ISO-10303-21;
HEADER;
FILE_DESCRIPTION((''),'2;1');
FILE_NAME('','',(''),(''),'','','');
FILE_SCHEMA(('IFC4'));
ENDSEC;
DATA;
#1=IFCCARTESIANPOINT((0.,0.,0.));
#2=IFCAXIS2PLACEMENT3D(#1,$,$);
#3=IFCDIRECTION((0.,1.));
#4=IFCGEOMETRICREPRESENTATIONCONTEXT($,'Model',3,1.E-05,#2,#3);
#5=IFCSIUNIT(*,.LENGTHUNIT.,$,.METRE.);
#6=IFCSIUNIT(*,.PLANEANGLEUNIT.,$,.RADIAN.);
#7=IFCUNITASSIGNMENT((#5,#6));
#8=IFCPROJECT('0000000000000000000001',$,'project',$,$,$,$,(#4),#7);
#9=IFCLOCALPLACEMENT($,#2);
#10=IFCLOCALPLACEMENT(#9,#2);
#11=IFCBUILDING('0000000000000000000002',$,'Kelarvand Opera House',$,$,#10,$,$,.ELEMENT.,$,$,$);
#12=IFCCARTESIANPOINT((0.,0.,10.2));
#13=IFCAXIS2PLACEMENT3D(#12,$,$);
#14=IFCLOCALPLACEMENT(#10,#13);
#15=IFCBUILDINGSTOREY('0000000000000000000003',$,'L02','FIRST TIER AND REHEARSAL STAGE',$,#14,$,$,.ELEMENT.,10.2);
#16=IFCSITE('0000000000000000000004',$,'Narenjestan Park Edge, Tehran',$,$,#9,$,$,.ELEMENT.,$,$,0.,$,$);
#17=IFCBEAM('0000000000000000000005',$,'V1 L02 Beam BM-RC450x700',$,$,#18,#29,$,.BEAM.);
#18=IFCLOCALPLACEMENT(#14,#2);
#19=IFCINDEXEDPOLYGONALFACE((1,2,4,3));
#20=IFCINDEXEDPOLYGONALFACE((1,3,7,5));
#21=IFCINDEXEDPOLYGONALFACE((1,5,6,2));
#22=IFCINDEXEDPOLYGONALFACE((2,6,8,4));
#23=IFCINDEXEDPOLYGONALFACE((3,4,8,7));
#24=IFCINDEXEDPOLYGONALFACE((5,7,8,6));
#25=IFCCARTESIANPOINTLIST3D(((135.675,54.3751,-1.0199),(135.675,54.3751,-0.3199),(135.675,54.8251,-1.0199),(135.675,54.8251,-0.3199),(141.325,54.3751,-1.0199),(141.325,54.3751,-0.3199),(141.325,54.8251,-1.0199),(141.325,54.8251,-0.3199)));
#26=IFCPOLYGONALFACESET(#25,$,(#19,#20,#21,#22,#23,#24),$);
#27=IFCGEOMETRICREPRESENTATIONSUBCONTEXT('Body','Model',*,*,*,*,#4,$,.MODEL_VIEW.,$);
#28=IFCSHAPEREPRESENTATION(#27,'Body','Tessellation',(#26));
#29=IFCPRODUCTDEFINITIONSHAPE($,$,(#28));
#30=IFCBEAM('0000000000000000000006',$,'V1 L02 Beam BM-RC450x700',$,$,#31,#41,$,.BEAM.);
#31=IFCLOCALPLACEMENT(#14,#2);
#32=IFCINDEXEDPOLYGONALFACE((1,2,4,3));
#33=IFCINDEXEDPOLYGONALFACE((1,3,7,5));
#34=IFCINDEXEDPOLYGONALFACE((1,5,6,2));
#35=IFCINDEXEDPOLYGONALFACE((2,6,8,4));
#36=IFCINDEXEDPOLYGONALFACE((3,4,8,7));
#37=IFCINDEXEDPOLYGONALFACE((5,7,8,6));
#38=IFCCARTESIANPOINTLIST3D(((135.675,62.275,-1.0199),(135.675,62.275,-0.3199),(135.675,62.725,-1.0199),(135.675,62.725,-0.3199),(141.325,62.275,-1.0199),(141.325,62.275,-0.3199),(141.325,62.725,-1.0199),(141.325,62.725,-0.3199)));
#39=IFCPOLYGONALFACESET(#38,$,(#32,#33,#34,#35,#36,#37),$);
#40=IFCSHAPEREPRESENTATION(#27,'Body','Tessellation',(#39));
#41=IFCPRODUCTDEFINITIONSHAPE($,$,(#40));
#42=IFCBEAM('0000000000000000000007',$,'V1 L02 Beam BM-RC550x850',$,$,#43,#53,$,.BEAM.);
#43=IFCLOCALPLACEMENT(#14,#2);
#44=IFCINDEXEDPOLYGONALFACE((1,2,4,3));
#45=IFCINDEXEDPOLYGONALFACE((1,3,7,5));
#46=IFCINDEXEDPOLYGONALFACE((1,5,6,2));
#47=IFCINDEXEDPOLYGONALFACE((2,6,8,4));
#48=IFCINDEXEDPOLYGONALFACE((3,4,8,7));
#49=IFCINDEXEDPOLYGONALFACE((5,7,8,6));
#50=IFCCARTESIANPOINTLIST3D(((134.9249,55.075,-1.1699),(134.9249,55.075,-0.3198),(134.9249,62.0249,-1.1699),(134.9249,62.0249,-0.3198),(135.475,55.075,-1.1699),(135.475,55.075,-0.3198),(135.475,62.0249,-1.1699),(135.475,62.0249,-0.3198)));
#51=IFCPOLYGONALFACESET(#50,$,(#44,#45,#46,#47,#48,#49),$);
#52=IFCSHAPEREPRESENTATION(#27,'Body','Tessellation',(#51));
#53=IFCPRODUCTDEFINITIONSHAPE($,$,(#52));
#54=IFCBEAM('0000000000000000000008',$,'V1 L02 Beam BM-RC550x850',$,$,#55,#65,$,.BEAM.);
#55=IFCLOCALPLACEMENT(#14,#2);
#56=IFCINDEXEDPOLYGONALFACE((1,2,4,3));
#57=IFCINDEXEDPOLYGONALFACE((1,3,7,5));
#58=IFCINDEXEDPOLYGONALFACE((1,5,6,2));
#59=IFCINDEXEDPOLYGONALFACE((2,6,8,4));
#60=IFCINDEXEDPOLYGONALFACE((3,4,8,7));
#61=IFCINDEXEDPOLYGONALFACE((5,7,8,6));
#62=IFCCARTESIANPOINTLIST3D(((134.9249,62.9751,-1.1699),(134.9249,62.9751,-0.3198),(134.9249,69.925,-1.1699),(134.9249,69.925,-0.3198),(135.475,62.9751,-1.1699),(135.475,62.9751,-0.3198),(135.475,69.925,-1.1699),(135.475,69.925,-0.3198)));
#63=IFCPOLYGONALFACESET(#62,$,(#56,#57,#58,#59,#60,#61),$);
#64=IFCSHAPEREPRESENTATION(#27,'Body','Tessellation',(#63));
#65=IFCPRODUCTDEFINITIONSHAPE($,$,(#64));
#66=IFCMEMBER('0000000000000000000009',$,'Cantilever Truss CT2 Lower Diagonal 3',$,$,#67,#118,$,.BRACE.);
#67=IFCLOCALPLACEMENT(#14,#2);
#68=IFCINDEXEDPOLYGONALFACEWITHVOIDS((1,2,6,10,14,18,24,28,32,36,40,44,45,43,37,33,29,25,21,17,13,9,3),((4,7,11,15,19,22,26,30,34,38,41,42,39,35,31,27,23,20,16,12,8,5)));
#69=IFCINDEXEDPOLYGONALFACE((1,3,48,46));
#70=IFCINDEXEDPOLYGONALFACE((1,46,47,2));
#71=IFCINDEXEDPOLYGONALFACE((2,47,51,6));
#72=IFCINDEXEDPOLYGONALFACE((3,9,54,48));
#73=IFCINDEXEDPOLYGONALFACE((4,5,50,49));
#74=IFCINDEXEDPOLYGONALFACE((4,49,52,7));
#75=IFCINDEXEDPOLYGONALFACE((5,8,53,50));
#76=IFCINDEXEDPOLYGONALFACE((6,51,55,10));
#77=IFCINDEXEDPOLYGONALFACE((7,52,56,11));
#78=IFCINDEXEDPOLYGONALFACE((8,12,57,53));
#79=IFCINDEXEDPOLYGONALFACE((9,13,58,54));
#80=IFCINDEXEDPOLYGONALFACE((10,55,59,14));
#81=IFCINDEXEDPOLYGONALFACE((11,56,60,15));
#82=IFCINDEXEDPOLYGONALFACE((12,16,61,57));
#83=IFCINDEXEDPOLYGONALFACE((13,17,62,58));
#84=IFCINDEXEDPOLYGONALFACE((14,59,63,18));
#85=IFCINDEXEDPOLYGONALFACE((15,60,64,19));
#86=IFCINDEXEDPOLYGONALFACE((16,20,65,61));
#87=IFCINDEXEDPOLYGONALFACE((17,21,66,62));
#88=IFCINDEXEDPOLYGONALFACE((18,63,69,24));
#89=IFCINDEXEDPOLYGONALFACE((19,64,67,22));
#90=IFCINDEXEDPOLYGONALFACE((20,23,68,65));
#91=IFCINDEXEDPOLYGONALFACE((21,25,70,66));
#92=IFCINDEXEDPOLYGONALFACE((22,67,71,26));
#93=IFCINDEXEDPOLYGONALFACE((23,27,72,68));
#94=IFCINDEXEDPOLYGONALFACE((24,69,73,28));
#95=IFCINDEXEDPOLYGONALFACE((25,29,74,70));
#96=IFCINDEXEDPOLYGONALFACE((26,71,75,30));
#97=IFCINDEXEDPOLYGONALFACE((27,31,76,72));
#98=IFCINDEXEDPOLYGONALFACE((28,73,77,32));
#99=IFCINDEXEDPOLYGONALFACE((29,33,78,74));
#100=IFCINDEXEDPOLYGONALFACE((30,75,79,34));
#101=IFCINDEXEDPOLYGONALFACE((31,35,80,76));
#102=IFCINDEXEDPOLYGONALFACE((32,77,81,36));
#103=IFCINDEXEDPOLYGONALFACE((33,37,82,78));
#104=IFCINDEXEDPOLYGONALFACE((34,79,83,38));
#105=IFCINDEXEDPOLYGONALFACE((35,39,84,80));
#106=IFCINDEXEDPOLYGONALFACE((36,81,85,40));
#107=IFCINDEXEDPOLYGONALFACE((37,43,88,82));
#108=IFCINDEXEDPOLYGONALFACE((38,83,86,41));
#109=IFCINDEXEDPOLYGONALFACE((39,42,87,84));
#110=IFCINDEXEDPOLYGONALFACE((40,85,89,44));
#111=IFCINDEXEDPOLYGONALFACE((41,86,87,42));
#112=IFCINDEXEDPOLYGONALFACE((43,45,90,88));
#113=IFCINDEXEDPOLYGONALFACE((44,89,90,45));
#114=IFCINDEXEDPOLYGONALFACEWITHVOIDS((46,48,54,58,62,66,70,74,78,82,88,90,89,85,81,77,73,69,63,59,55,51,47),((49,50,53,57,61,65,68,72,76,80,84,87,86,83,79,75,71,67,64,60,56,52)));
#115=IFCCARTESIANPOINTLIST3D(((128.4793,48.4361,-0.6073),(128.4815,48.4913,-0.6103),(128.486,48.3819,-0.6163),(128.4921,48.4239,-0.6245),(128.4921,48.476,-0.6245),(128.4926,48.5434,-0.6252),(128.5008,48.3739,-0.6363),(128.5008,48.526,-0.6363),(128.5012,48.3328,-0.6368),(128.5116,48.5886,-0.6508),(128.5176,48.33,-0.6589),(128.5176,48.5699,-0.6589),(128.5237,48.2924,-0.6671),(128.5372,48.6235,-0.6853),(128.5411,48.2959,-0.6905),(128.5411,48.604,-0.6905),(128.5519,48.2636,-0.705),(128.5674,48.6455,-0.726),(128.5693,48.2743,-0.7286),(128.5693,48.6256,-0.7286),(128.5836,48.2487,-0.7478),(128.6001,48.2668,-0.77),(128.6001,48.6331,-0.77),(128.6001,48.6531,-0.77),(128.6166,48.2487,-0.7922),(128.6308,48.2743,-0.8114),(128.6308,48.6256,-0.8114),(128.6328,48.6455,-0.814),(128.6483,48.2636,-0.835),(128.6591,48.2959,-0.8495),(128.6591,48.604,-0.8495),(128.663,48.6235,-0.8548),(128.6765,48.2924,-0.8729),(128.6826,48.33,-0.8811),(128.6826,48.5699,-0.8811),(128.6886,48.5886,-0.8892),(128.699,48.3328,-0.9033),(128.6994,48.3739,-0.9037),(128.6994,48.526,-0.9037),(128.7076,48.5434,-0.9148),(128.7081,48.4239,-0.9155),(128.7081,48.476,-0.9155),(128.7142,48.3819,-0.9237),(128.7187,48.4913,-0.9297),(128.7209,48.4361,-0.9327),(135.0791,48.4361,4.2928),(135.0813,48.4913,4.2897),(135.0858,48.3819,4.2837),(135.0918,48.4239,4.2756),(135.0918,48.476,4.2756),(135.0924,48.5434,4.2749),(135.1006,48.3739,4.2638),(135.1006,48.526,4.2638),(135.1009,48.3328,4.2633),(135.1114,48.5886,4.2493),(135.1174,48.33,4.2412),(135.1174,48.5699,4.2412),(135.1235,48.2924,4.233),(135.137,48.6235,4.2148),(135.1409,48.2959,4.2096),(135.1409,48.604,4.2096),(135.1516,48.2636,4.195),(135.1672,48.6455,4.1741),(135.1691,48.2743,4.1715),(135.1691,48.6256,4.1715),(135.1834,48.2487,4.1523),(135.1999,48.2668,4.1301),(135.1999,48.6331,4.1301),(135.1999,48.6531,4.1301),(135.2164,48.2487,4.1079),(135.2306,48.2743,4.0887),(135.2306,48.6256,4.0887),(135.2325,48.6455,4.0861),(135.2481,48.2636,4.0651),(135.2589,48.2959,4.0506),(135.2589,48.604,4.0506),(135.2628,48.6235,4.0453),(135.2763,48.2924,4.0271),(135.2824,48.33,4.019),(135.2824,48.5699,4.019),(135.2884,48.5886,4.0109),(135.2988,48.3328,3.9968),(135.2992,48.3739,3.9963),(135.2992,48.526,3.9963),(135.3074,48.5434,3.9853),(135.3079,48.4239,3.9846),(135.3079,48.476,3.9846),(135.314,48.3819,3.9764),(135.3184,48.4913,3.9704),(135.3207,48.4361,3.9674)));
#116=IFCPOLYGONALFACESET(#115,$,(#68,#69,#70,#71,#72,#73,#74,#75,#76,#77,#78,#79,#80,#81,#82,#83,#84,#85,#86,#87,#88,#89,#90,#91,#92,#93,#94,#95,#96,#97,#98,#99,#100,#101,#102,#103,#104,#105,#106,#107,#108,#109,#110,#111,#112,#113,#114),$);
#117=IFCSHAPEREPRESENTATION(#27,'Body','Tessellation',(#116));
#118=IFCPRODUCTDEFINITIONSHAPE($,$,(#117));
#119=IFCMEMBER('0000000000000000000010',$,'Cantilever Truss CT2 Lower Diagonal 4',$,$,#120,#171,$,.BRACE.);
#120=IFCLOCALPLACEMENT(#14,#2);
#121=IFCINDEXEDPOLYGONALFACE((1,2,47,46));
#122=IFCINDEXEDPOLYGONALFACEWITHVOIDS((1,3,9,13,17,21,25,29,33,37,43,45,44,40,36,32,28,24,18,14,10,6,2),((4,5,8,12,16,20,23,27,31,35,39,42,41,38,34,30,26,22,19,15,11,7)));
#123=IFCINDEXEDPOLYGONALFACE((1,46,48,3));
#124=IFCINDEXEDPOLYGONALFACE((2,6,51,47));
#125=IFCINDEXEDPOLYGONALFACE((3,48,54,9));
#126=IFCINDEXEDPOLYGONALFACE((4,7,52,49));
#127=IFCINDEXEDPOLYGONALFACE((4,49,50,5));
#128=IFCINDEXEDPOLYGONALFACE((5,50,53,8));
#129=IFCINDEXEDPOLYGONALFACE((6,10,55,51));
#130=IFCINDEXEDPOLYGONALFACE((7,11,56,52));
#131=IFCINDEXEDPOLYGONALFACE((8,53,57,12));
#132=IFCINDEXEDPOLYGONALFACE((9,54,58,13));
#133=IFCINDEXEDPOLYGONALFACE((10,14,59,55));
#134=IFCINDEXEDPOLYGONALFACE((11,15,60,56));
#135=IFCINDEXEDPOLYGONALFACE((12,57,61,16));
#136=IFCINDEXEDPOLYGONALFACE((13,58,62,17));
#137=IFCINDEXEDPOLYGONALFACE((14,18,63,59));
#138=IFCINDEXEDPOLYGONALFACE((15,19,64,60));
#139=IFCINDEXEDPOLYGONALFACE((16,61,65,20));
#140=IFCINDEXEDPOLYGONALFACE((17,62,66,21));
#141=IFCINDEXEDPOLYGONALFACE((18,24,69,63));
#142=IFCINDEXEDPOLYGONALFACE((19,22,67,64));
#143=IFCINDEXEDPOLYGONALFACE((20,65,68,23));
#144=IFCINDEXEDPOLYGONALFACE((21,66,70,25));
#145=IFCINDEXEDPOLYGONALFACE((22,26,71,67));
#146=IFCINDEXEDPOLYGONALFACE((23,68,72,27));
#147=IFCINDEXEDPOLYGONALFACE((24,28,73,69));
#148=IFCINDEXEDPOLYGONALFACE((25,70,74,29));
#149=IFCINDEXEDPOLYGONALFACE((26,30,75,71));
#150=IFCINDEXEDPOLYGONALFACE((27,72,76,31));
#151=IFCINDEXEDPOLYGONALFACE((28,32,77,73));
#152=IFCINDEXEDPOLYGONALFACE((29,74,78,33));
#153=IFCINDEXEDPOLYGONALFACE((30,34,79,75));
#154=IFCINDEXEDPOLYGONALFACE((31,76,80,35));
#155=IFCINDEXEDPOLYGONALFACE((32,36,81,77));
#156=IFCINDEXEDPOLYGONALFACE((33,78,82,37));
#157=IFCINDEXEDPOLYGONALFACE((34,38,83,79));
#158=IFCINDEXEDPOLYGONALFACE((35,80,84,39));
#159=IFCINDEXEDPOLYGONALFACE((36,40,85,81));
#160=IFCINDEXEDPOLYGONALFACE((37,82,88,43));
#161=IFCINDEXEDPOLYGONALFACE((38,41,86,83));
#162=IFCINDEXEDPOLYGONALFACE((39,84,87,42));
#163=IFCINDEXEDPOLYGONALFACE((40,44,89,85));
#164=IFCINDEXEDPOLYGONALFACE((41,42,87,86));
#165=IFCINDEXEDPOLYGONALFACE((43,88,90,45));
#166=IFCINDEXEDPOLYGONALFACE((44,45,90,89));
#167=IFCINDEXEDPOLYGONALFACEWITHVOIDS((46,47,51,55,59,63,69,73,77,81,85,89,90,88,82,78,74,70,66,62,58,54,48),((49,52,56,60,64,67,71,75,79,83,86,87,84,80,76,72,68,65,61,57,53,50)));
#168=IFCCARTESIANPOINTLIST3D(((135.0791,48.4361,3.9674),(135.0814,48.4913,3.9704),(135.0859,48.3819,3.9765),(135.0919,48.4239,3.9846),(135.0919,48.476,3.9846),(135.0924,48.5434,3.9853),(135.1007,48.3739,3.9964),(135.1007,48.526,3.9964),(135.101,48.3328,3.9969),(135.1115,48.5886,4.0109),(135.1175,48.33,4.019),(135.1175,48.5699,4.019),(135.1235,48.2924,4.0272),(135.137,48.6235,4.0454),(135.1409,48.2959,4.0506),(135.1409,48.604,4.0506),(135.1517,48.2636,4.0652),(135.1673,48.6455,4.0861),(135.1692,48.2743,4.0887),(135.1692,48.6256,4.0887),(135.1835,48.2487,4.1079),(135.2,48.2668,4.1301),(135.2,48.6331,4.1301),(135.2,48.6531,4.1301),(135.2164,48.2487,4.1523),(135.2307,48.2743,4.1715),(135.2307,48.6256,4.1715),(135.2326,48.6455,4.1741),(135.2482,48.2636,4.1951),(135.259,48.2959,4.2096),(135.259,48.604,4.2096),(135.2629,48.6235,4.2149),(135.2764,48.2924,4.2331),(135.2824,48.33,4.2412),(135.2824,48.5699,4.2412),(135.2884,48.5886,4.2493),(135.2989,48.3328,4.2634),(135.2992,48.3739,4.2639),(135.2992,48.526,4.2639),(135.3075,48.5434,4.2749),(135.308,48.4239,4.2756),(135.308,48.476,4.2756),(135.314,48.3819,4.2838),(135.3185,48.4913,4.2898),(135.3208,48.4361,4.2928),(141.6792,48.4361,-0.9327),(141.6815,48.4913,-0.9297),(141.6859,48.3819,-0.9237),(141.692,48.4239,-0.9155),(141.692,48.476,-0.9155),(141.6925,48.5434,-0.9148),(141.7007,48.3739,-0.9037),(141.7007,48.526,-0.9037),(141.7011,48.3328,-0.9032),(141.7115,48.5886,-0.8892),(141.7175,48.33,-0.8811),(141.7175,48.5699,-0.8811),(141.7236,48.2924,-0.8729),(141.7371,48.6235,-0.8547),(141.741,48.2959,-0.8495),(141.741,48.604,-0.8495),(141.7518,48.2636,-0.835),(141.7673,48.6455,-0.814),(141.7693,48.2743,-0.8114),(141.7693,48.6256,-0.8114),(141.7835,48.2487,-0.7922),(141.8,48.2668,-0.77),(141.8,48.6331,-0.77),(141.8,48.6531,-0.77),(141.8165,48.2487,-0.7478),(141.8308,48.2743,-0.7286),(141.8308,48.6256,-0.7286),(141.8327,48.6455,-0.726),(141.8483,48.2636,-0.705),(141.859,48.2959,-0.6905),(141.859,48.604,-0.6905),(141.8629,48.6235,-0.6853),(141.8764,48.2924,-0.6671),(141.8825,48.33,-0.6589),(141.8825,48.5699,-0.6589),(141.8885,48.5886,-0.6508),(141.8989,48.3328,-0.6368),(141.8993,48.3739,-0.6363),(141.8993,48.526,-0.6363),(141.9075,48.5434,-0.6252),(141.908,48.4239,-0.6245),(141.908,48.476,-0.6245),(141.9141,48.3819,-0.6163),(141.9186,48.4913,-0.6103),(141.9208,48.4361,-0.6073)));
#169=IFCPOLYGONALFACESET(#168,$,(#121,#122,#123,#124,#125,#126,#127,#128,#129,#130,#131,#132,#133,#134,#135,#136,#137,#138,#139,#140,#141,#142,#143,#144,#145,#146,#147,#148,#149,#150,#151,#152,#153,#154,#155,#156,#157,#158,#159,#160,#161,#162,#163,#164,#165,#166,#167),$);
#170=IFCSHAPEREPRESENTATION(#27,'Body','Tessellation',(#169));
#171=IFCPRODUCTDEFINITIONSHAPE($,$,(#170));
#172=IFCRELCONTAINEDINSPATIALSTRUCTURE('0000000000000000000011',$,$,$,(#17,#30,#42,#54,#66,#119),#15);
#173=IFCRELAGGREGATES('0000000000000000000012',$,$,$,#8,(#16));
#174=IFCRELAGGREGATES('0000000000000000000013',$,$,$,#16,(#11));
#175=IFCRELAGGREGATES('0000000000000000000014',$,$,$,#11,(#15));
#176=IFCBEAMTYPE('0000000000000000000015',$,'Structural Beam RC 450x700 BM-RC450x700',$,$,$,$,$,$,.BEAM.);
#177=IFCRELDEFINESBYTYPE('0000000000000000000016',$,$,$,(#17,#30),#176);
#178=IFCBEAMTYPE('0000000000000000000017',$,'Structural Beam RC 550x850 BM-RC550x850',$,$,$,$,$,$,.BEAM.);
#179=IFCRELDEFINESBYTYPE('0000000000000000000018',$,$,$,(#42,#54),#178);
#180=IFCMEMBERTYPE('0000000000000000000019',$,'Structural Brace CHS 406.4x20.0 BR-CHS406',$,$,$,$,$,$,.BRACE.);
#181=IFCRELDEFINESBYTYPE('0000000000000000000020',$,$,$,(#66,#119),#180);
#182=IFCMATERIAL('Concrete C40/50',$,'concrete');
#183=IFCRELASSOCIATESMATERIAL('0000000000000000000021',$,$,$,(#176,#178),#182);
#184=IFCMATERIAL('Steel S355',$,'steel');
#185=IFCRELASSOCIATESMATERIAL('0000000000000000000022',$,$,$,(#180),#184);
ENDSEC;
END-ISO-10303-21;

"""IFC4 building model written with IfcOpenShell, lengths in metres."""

from ifc_helpers import new_model, si_unit, direction, frame, origin, origin_2d, place, context, subcontext, project, spatial, rectangle, hollow_circle, extrude, material, material_profile, profile_set, type_object, element, save


model = new_model("IFC4")

# Units and contexts
model_context = context("Model", 3, precision=1e-05, world=origin(), true_north=direction((0.0, 1.0)))
body_context = subcontext(model_context, "Body", "Model", "MODEL_VIEW")
ifc_project = project(units=[si_unit("LENGTHUNIT", "METRE"), si_unit("PLANEANGLEUNIT", "RADIAN")], contexts=[model_context])

# Site, building, storey
site_placement = place(None, origin())
site = spatial("IfcSite", under=ifc_project, at=site_placement, Name="Narenjestan Park Edge, Tehran", CompositionType="ELEMENT", RefElevation=0.0)
building_placement = place(site_placement, origin())
building = spatial("IfcBuilding", under=site, at=building_placement, Name="Kelarvand Opera House", CompositionType="ELEMENT")
storey_placement = place(building_placement, frame((0.0, 0.0, 10.2)))
storey = spatial("IfcBuildingStorey", under=building, at=storey_placement, Name="L02", Description="FIRST TIER AND REHEARSAL STAGE", CompositionType="ELEMENT", Elevation=10.2)

# Beams
ifc_material_1 = material(Name="Concrete C40/50", Category="concrete")
ifc_material_profile_1 = material_profile(ifc_material_1, rectangle(XDim=0.45, YDim=0.7, at=origin_2d()), Name="RC 450x700", Category="concrete")
ifc_profile_set_1 = profile_set([ifc_material_profile_1], Name="Concrete C40/50")
beam_type_1 = type_object("IfcBeamType", Name="Structural Beam RC 450x700 BM-RC450x700", PredefinedType="BEAM", material=ifc_profile_set_1)
for number, where, z_axis, x_axis, name in (
    (1, (135.675, 54.6001, -0.6699), (1.0, 0.0, 0.0), (0.0, 1.0, 0.0), "V1 L02 Beam BM-RC450x700"),
    (2, (135.675, 62.5, -0.6699), (1.0, 0.0, 0.0), (0.0, 1.0, 0.0), "V1 L02 Beam BM-RC450x700"),
):
    element("IfcBeam", number, at=place(storey_placement, frame(where, z_axis=z_axis, x_axis=x_axis)), inside=storey, type_object=beam_type_1, Name=name, PredefinedType="BEAM", context=body_context, shape_type="SweptSolid", body=[
        extrude(rectangle(XDim=0.45, YDim=0.7, at=origin_2d()), origin(), (0.0, 0.0, 1.0), 5.6499),
    ])
ifc_material_profile_2 = material_profile(ifc_material_1, rectangle(XDim=0.55, YDim=0.8501, at=origin_2d()), Name="RC 550x850", Category="concrete")
ifc_profile_set_2 = profile_set([ifc_material_profile_2], Name="Concrete C40/50")
beam_type_2 = type_object("IfcBeamType", Name="Structural Beam RC 550x850 BM-RC550x850", PredefinedType="BEAM", material=ifc_profile_set_2)
for number, where, z_axis, x_axis, name in (
    (3, (135.2, 55.075, -0.7449), (0.0, 1.0, 0.0), (-1.0, 0.0, 0.0), "V1 L02 Beam BM-RC550x850"),
    (4, (135.2, 62.9751, -0.7449), (0.0, 1.0, 0.0), (-1.0, 0.0, 0.0), "V1 L02 Beam BM-RC550x850"),
):
    element("IfcBeam", number, at=place(storey_placement, frame(where, z_axis=z_axis, x_axis=x_axis)), inside=storey, type_object=beam_type_2, Name=name, PredefinedType="BEAM", context=body_context, shape_type="SweptSolid", body=[
        extrude(rectangle(XDim=0.55, YDim=0.8501, at=origin_2d()), origin(), (0.0, 0.0, 1.0), 6.95),
    ])

# Members
ifc_material_2 = material(Name="Steel S355", Category="steel")
ifc_material_profile_3 = material_profile(ifc_material_2, hollow_circle(Radius=0.2031, WallThickness=0.02, at=origin_2d()), Name="CHS 406.4x20.0", Category="steel")
ifc_profile_set_3 = profile_set([ifc_material_profile_3], Name="Steel S355")
member_type_1 = type_object("IfcMemberType", Name="Structural Brace CHS 406.4x20.0 BR-CHS406", PredefinedType="BRACE", material=ifc_profile_set_3)
member_1_placement = place(storey_placement, frame((128.6001, 48.45, -0.77), z_axis=(0.802895, 0.0, 0.59612), x_axis=(0.0, 1.0, 0.0)))
element("IfcMember", 5, at=member_1_placement, inside=storey, type_object=member_type_1, Name="Cantilever Truss CT2 Lower Diagonal 3", PredefinedType="BRACE", context=body_context, shape_type="SweptSolid", body=[
    extrude(hollow_circle(Radius=0.2031, WallThickness=0.02, at=origin_2d()), origin(), (0.0, 0.0, 1.0), 8.22),
])
member_2_placement = place(storey_placement, frame((135.2, 48.45, 4.1301), z_axis=(0.802906, 0.0, -0.596106), x_axis=(0.0, 1.0, 0.0)))
element("IfcMember", 6, at=member_2_placement, inside=storey, type_object=member_type_1, Name="Cantilever Truss CT2 Lower Diagonal 4", PredefinedType="BRACE", context=body_context, shape_type="SweptSolid", body=[
    extrude(hollow_circle(Radius=0.2031, WallThickness=0.02, at=origin_2d()), origin(), (0.0, 0.0, 1.0), 8.2202),
])

save(model, "model.ifc")
